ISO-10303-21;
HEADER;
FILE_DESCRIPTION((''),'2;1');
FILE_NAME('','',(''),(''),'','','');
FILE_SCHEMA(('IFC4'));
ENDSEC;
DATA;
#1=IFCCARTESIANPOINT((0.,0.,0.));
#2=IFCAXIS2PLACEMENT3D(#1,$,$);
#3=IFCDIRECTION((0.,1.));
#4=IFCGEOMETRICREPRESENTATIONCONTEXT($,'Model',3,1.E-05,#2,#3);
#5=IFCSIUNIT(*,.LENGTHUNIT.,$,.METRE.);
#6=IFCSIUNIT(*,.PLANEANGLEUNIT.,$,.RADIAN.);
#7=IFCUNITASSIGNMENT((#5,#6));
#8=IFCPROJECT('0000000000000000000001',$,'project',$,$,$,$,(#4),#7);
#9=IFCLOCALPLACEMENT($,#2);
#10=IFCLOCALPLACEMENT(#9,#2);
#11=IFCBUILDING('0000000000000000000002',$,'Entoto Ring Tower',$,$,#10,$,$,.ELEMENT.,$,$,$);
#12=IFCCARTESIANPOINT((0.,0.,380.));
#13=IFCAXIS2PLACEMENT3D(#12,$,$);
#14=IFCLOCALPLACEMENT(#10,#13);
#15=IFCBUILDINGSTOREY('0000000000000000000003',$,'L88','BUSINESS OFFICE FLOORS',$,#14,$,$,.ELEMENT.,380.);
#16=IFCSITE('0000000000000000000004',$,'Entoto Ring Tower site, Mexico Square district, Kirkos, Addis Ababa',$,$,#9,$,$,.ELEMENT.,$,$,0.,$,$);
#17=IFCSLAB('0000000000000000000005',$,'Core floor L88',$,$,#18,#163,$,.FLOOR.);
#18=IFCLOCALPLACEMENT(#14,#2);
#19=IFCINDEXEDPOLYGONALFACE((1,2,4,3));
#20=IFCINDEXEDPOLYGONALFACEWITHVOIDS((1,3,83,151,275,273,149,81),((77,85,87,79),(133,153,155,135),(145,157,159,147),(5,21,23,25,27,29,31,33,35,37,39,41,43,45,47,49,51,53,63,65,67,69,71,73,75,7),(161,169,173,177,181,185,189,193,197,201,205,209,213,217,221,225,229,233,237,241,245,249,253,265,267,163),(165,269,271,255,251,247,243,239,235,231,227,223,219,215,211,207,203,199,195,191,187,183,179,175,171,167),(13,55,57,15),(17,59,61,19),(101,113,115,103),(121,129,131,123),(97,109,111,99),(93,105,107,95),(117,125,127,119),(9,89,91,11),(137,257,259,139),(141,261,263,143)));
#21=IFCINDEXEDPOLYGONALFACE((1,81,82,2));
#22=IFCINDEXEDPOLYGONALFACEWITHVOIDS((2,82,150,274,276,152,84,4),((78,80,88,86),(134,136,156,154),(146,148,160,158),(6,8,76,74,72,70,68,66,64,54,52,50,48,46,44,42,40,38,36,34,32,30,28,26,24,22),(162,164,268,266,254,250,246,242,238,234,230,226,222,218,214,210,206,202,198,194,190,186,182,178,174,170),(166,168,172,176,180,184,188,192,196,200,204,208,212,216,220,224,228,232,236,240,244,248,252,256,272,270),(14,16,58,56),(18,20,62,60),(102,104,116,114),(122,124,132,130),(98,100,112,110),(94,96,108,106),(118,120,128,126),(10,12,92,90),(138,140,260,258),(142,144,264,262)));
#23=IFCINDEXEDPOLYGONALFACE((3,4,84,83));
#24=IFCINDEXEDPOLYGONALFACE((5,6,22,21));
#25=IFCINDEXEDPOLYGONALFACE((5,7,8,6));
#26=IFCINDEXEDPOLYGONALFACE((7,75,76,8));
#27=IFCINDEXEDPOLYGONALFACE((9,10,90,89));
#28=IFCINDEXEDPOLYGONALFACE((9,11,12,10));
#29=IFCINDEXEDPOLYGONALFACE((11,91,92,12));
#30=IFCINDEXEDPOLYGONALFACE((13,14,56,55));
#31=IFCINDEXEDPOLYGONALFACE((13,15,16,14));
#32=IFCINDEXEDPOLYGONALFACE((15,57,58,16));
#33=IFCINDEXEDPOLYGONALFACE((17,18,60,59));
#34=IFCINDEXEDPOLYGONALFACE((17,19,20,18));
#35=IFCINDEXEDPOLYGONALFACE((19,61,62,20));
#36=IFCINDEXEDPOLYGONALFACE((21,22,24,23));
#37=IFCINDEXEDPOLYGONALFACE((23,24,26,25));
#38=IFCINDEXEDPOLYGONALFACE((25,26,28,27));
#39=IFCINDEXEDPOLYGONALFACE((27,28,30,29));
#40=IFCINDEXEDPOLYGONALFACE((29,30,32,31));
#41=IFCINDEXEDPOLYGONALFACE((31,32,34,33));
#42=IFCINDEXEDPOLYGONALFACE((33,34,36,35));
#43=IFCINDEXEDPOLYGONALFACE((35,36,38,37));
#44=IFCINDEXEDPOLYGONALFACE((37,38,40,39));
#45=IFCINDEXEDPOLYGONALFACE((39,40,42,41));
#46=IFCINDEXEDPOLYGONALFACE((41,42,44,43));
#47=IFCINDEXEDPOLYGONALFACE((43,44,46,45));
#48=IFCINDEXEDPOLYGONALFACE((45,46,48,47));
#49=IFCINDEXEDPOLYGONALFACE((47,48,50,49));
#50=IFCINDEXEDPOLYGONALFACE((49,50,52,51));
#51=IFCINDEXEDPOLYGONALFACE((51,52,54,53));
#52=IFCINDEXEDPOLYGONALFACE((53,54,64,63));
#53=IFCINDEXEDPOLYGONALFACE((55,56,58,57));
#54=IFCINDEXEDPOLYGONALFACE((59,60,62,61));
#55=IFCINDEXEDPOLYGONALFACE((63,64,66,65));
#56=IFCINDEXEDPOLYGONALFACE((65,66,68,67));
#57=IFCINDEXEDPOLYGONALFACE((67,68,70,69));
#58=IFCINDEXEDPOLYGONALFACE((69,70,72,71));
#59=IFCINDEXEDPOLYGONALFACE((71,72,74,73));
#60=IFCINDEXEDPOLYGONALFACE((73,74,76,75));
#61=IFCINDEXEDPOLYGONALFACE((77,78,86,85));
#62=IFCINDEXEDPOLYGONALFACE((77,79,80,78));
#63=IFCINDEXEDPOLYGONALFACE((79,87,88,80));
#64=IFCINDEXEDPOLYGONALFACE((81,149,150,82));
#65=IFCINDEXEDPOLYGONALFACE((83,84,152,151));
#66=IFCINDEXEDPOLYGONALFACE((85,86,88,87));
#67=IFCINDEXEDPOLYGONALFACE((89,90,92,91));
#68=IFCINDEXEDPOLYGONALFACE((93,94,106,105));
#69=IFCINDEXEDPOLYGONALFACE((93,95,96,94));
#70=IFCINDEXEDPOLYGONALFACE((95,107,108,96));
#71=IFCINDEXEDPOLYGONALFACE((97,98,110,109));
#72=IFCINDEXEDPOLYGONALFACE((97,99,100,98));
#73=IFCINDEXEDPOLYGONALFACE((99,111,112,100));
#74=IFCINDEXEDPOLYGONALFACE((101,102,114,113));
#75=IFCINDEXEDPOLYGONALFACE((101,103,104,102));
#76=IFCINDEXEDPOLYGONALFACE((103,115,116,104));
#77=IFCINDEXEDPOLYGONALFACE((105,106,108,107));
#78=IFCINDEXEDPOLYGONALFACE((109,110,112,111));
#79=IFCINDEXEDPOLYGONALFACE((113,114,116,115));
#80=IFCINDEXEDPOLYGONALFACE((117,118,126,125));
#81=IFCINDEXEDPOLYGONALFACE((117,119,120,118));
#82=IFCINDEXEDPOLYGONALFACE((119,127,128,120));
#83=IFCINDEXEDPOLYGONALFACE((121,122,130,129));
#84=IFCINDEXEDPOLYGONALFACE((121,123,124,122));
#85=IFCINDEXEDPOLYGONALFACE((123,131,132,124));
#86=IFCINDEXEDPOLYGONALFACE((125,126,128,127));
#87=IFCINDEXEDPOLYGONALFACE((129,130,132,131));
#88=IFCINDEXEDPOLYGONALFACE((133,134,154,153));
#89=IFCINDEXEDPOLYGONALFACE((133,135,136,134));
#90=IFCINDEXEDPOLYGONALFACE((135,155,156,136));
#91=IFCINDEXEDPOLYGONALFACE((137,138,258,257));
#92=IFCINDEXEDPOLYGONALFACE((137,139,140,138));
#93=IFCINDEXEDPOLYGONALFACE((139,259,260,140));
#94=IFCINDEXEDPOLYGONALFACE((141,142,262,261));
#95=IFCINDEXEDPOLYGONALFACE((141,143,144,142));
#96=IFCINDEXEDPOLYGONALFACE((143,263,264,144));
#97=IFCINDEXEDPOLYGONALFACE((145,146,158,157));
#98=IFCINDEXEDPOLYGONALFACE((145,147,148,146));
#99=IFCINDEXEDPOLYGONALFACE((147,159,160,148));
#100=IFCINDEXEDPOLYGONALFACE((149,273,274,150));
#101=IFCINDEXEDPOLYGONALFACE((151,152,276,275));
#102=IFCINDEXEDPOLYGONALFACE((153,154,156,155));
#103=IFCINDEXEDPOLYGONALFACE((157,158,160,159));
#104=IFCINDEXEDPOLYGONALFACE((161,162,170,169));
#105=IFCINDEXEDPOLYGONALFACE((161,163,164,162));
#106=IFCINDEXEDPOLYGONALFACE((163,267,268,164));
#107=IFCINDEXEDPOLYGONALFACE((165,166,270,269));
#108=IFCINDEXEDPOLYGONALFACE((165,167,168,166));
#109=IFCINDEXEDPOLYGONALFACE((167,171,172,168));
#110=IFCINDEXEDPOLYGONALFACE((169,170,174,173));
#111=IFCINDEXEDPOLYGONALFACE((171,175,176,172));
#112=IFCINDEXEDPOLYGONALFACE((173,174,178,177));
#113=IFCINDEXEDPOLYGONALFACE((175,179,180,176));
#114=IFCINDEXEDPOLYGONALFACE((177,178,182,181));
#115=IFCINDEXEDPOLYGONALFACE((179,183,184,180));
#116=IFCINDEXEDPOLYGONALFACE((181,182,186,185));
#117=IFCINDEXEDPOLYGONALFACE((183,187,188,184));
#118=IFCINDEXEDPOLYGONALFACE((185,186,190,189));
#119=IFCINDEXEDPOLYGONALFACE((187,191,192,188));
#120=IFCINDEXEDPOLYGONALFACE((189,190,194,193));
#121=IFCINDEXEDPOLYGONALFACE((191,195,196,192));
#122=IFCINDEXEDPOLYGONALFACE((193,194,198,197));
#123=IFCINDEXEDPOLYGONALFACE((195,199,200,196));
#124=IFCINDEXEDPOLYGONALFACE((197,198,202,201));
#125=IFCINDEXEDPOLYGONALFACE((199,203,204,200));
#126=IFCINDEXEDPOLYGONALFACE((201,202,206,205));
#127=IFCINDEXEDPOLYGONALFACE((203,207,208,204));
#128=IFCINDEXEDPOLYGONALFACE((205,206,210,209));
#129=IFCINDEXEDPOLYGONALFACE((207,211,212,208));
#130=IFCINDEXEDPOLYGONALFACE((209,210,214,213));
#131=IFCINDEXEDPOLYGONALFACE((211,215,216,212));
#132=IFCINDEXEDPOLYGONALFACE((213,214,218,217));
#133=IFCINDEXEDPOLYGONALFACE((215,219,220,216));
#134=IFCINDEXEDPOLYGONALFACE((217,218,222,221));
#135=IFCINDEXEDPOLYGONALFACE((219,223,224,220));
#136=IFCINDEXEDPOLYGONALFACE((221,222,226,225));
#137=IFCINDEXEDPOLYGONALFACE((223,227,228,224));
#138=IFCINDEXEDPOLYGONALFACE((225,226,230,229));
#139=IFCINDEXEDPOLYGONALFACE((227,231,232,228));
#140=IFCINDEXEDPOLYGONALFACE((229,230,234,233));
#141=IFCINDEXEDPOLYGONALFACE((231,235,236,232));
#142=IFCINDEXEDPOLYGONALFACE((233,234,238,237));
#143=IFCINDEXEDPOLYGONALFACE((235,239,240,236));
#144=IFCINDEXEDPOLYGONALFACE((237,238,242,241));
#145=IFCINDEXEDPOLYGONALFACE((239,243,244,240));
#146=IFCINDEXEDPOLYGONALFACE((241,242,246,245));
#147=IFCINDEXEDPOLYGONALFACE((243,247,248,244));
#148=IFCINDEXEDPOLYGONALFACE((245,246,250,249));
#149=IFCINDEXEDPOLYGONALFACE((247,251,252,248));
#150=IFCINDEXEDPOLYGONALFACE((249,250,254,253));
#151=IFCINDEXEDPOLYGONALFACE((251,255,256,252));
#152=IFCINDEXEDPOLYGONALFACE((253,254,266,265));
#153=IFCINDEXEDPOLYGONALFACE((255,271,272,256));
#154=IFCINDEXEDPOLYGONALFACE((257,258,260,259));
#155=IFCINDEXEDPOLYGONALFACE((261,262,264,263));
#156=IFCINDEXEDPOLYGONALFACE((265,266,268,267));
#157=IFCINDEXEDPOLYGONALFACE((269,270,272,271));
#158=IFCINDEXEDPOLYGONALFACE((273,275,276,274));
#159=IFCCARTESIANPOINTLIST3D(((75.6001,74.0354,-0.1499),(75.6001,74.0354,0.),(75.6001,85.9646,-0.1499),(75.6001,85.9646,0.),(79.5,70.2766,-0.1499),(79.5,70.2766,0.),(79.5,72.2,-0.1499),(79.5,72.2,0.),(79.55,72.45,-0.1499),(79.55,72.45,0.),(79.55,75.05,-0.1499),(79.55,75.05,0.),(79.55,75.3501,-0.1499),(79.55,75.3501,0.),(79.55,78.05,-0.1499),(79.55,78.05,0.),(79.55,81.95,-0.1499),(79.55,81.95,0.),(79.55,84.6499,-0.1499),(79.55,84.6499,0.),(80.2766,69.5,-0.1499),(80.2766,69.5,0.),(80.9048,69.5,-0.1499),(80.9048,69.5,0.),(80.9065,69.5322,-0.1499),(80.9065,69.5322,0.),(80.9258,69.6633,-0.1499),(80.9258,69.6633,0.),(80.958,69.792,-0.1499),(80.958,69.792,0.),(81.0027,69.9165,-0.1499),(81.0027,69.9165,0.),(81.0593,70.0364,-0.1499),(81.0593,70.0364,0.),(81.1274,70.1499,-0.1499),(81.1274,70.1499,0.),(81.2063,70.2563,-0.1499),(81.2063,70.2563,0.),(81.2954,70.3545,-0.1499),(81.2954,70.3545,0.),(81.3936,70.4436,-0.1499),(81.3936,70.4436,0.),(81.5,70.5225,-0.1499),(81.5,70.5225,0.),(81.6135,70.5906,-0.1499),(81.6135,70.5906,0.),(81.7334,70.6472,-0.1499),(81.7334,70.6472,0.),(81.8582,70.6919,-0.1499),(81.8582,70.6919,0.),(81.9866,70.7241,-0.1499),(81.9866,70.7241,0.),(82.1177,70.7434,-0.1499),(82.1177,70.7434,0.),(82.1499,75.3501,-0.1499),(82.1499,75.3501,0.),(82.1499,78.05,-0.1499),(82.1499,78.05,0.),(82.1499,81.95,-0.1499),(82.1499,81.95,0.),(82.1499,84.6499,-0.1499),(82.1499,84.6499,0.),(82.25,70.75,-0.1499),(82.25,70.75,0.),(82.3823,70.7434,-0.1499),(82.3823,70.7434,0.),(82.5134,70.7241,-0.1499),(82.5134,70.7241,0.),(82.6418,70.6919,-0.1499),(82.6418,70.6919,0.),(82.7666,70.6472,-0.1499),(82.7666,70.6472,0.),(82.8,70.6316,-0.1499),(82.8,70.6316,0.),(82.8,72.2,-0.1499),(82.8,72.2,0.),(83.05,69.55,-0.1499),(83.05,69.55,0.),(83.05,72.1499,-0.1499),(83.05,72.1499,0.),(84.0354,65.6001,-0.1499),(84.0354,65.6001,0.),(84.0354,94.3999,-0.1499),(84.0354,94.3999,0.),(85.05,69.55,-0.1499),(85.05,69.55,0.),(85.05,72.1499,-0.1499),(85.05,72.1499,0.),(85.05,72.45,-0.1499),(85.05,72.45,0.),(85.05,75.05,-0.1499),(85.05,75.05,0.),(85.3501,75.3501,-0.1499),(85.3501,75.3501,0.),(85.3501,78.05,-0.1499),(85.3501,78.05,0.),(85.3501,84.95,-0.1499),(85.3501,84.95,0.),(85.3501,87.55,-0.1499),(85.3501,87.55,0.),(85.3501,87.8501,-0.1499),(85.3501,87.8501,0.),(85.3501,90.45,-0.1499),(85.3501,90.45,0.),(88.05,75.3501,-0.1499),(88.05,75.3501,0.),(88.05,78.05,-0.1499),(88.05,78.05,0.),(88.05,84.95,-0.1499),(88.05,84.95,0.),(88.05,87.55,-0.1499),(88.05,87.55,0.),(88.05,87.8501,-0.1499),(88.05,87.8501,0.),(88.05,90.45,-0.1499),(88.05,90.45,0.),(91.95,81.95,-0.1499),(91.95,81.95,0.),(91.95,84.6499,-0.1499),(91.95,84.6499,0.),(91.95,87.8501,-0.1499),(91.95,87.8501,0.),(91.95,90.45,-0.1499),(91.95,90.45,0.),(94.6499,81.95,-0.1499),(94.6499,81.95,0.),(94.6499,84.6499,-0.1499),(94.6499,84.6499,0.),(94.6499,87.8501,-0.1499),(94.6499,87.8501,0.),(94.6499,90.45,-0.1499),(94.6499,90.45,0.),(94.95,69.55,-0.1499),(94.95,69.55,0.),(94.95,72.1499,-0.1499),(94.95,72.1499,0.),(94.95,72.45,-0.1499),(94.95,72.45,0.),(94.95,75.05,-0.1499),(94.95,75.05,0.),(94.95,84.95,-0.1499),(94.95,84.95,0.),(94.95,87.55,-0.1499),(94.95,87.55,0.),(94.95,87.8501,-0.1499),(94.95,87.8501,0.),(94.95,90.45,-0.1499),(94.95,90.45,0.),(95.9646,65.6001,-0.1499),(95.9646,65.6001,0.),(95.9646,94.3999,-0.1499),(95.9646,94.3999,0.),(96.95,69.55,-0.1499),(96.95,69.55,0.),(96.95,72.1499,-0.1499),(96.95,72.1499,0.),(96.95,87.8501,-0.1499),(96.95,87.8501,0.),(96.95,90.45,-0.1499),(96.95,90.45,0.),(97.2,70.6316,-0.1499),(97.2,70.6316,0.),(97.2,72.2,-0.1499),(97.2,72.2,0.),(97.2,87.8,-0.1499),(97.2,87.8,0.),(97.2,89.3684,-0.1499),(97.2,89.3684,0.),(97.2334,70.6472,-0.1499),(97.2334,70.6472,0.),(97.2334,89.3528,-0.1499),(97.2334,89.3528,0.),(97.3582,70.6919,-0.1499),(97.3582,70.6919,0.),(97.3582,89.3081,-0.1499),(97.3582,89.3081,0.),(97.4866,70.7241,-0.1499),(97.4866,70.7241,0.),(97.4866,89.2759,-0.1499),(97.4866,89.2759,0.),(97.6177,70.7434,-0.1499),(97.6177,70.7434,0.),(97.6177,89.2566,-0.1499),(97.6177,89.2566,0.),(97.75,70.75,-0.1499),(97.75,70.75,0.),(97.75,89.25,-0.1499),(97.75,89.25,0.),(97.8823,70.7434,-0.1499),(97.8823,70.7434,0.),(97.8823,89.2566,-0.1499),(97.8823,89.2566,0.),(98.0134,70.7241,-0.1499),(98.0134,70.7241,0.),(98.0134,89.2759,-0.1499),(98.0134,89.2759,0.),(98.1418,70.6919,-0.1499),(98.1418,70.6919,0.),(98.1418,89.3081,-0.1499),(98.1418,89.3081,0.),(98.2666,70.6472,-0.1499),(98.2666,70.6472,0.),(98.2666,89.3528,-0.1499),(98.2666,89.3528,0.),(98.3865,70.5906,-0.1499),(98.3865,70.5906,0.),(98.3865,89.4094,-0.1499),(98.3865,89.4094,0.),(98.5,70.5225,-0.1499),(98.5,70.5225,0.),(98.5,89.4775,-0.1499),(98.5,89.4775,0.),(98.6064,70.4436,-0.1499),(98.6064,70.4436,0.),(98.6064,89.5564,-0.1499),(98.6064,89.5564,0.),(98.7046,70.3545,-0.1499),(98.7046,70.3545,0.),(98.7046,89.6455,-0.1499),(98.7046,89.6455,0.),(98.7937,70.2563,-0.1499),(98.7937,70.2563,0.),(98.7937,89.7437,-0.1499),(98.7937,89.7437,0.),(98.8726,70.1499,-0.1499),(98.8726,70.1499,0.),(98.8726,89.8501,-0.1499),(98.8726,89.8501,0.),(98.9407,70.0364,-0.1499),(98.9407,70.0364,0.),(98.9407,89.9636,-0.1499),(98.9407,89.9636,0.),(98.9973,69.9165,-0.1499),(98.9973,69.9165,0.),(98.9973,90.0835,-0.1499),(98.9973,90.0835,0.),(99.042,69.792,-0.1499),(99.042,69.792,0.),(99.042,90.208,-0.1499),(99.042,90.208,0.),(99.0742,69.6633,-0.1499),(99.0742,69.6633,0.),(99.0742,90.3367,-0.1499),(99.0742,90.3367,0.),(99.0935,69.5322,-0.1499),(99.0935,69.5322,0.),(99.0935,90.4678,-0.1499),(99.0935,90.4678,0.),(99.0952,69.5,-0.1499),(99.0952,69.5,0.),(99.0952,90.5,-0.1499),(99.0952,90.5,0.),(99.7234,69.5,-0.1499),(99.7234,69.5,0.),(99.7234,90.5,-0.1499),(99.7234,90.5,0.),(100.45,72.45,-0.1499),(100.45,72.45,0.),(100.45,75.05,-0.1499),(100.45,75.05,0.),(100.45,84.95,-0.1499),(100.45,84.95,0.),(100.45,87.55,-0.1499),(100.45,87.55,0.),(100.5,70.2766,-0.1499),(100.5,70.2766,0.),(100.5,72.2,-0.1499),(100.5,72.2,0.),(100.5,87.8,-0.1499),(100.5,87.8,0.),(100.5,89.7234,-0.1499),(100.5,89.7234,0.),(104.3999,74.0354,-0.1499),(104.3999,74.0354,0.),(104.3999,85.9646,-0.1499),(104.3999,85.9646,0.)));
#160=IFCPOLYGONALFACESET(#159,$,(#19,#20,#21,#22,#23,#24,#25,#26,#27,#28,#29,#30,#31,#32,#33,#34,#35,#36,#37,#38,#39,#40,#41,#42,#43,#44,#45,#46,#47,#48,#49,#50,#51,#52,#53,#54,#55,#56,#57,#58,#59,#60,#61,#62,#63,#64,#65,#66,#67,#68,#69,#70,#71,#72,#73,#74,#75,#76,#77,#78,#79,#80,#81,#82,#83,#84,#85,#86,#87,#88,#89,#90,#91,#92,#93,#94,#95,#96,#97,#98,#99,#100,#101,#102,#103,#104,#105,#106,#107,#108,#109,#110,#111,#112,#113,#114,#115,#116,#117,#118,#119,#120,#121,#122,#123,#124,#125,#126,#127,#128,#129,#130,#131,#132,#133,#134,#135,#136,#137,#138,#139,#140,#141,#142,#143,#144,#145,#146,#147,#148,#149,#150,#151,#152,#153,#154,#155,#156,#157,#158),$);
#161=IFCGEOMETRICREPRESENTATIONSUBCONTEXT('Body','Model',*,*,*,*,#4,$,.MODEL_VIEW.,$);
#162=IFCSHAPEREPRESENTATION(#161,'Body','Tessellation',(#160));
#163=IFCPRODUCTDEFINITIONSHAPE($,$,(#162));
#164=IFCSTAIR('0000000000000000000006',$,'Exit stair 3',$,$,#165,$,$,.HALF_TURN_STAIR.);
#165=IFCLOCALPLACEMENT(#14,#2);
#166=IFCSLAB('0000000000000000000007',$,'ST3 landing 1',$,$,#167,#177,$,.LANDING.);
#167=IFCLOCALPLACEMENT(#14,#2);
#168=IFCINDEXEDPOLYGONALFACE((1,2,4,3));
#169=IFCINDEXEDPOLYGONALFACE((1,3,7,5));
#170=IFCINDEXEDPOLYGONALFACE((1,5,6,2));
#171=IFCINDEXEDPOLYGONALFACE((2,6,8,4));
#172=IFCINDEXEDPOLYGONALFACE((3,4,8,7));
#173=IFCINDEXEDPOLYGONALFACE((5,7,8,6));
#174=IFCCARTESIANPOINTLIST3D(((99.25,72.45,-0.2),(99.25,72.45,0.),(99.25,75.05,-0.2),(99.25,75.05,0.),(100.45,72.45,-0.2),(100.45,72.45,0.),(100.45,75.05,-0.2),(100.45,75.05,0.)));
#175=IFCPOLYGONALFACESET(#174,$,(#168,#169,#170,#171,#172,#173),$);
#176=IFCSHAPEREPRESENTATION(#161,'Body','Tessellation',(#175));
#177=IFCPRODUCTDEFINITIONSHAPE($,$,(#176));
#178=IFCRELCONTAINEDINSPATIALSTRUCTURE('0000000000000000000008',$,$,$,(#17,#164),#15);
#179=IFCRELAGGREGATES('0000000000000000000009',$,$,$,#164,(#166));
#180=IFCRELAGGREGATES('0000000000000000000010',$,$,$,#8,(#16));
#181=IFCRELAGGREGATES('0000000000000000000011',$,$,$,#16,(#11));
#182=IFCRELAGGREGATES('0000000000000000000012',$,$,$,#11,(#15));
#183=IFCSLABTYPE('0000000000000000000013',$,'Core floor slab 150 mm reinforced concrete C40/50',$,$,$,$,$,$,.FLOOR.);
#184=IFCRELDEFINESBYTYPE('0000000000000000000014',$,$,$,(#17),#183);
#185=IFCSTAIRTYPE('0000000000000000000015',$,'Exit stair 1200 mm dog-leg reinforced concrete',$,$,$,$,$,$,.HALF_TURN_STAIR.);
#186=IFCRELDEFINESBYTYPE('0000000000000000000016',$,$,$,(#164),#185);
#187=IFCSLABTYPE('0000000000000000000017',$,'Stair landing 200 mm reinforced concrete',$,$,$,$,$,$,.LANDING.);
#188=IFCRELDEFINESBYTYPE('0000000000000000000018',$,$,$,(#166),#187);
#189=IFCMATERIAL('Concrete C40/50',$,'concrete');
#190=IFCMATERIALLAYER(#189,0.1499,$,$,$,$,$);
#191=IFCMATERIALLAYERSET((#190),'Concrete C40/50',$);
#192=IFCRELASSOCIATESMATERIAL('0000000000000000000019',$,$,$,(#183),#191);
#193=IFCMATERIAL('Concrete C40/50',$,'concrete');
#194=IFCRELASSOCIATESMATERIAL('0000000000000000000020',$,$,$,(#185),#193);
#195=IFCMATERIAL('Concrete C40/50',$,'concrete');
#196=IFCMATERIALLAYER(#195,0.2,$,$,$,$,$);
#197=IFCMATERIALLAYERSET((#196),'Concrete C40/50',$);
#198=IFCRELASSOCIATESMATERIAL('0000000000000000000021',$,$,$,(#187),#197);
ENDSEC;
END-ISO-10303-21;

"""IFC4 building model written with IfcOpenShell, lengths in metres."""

from ifc_helpers import new_model, si_unit, direction, frame, origin, place, context, subcontext, project, spatial, polyline, outline, extrude, material, layer, layer_set, type_object, element, aggregate, save


model = new_model("IFC4")

# Units and contexts
model_context = context("Model", 3, precision=1e-05, world=origin(), true_north=direction((0.0, 1.0)))
body_context = subcontext(model_context, "Body", "Model", "MODEL_VIEW")
ifc_project = project(units=[si_unit("LENGTHUNIT", "METRE"), si_unit("PLANEANGLEUNIT", "RADIAN")], contexts=[model_context])

# Site, building, storey
site_placement = place(None, origin())
site = spatial("IfcSite", under=ifc_project, at=site_placement, Name="Entoto Ring Tower site, Mexico Square district, Kirkos, Addis Ababa", CompositionType="ELEMENT", RefElevation=0.0)
building_placement = place(site_placement, origin())
building = spatial("IfcBuilding", under=site, at=building_placement, Name="Entoto Ring Tower", CompositionType="ELEMENT")
storey_placement = place(building_placement, frame((0.0, 0.0, 380.0)))
storey = spatial("IfcBuildingStorey", under=building, at=storey_placement, Name="L88", Description="BUSINESS OFFICE FLOORS", CompositionType="ELEMENT", Elevation=380.0)

# Slab
ifc_material_1 = material(Name="Concrete C40/50", Category="concrete")
ifc_layer_1 = layer(ifc_material_1, 0.1499)
ifc_layer_set_1 = layer_set([ifc_layer_1], Name="Concrete C40/50")
slab_type_1 = type_object("IfcSlabType", Name="Core floor slab 150 mm reinforced concrete C40/50", PredefinedType="FLOOR", material=ifc_layer_set_1)
slab_1_placement = place(storey_placement, frame((0.0, 0.0, -0.1499)))
element("IfcSlab", 1, at=slab_1_placement, inside=storey, type_object=slab_type_1, Name="Core floor L88", PredefinedType="FLOOR", context=body_context, shape_type="SweptSolid", body=[
    extrude(outline(polyline([(104.3999, 74.0354), (104.3999, 85.9646), (95.9646, 94.3999), (84.0354, 94.3999), (75.6001, 85.9646), (75.6001, 74.0354), (84.0354, 65.6001), (95.9646, 65.6001), (104.3999, 74.0354)]), holes=[polyline([(100.45, 84.95), (100.45, 87.55), (94.95, 87.55), (94.95, 84.95), (100.45, 84.95)]), polyline([(85.05, 72.45), (85.05, 75.05), (79.55, 75.05), (79.55, 72.45), (85.05, 72.45)]), polyline([(100.45, 72.45), (100.45, 75.05), (94.95, 75.05), (94.95, 72.45), (100.45, 72.45)]), polyline([(94.95, 90.45), (94.95, 87.8501), (96.95, 87.8501), (96.95, 90.45), (94.95, 90.45)]), polyline([(94.95, 72.1499), (94.95, 69.55), (96.95, 69.55), (96.95, 72.1499), (94.95, 72.1499)]), polyline([(83.05, 72.1499), (83.05, 69.55), (85.05, 69.55), (85.05, 72.1499), (83.05, 72.1499)]), polyline([(79.55, 81.95), (82.1499, 81.95), (82.1499, 84.6499), (79.55, 84.6499), (79.55, 81.95)]), polyline([(79.55, 75.3501), (82.1499, 75.3501), (82.1499, 78.05), (79.55, 78.05), (79.55, 75.3501)]), polyline([(91.95, 87.8501), (94.6499, 87.8501), (94.6499, 90.45), (91.95, 90.45), (91.95, 87.8501)]), polyline([(91.95, 81.95), (94.6499, 81.95), (94.6499, 84.6499), (91.95, 84.6499), (91.95, 81.95)]), polyline([(85.3501, 75.3501), (88.05, 75.3501), (88.05, 78.05), (85.3501, 78.05), (85.3501, 75.3501)]), polyline([(85.3501, 84.95), (88.05, 84.95), (88.05, 87.55), (85.3501, 87.55), (85.3501, 84.95)]), polyline([(85.3501, 87.8501), (88.05, 87.8501), (88.05, 90.45), (85.3501, 90.45), (85.3501, 87.8501)]), polyline([(97.2, 89.3684), (97.2, 87.8), (100.5, 87.8), (100.5, 89.7234), (99.7234, 90.5), (99.0952, 90.5), (99.0935, 90.4678), (99.0742, 90.3367), (99.042, 90.208), (98.9973, 90.0835), (98.9407, 89.9636), (98.8726, 89.8501), (98.7937, 89.7437), (98.7046, 89.6455), (98.6064, 89.5564), (98.5, 89.4775), (98.3865, 89.4094), (98.2666, 89.3528), (98.1418, 89.3081), (98.0134, 89.2759), (97.8823, 89.2566), (97.75, 89.25), (97.6177, 89.2566), (97.4866, 89.2759), (97.3582, 89.3081), (97.2334, 89.3528), (97.2, 89.3684)]), polyline([(80.2766, 69.5), (80.9048, 69.5), (80.9065, 69.5322), (80.9258, 69.6633), (80.958, 69.792), (81.0027, 69.9165), (81.0593, 70.0364), (81.1274, 70.1499), (81.2063, 70.2563), (81.2954, 70.3545), (81.3936, 70.4436), (81.5, 70.5225), (81.6135, 70.5906), (81.7334, 70.6472), (81.8582, 70.6919), (81.9866, 70.7241), (82.1177, 70.7434), (82.25, 70.75), (82.3823, 70.7434), (82.5134, 70.7241), (82.6418, 70.6919), (82.7666, 70.6472), (82.8, 70.6316), (82.8, 72.2), (79.5, 72.2), (79.5, 70.2766), (80.2766, 69.5)]), polyline([(99.0952, 69.5), (99.7234, 69.5), (100.5, 70.2766), (100.5, 72.2), (97.2, 72.2), (97.2, 70.6316), (97.2334, 70.6472), (97.3582, 70.6919), (97.4866, 70.7241), (97.6177, 70.7434), (97.75, 70.75), (97.8823, 70.7434), (98.0134, 70.7241), (98.1418, 70.6919), (98.2666, 70.6472), (98.3865, 70.5906), (98.5, 70.5225), (98.6064, 70.4436), (98.7046, 70.3545), (98.7937, 70.2563), (98.8726, 70.1499), (98.9407, 70.0364), (98.9973, 69.9165), (99.042, 69.792), (99.0742, 69.6633), (99.0935, 69.5322), (99.0952, 69.5)])]), origin(), (0.0, 0.0, 1.0), 0.1499),
])

# Stair, slab
ifc_material_2 = material(Name="Concrete C40/50", Category="concrete")
stair_type = type_object("IfcStairType", Name="Exit stair 1200 mm dog-leg reinforced concrete", PredefinedType="HALF_TURN_STAIR", material=ifc_material_2)
stair_placement = place(storey_placement, origin())
stair = element("IfcStair", 2, at=stair_placement, inside=storey, type_object=stair_type, Name="Exit stair 3", PredefinedType="HALF_TURN_STAIR")
ifc_material_3 = material(Name="Concrete C40/50", Category="concrete")
ifc_layer_2 = layer(ifc_material_3, 0.2)
ifc_layer_set_2 = layer_set([ifc_layer_2], Name="Concrete C40/50")
slab_type_2 = type_object("IfcSlabType", Name="Stair landing 200 mm reinforced concrete", PredefinedType="LANDING", material=ifc_layer_set_2)
slab_2_placement = place(storey_placement, frame((0.0, 0.0, -0.2)))
slab_2 = element("IfcSlab", 3, at=slab_2_placement, type_object=slab_type_2, Name="ST3 landing 1", PredefinedType="LANDING", context=body_context, shape_type="SweptSolid", body=[
    extrude(outline(polyline([(100.45, 72.45), (100.45, 75.05), (99.25, 75.05), (99.25, 72.45), (100.45, 72.45)])), origin(), (0.0, 0.0, 1.0), 0.2),
])
aggregate(stair, [slab_2])

save(model, "model.ifc")
